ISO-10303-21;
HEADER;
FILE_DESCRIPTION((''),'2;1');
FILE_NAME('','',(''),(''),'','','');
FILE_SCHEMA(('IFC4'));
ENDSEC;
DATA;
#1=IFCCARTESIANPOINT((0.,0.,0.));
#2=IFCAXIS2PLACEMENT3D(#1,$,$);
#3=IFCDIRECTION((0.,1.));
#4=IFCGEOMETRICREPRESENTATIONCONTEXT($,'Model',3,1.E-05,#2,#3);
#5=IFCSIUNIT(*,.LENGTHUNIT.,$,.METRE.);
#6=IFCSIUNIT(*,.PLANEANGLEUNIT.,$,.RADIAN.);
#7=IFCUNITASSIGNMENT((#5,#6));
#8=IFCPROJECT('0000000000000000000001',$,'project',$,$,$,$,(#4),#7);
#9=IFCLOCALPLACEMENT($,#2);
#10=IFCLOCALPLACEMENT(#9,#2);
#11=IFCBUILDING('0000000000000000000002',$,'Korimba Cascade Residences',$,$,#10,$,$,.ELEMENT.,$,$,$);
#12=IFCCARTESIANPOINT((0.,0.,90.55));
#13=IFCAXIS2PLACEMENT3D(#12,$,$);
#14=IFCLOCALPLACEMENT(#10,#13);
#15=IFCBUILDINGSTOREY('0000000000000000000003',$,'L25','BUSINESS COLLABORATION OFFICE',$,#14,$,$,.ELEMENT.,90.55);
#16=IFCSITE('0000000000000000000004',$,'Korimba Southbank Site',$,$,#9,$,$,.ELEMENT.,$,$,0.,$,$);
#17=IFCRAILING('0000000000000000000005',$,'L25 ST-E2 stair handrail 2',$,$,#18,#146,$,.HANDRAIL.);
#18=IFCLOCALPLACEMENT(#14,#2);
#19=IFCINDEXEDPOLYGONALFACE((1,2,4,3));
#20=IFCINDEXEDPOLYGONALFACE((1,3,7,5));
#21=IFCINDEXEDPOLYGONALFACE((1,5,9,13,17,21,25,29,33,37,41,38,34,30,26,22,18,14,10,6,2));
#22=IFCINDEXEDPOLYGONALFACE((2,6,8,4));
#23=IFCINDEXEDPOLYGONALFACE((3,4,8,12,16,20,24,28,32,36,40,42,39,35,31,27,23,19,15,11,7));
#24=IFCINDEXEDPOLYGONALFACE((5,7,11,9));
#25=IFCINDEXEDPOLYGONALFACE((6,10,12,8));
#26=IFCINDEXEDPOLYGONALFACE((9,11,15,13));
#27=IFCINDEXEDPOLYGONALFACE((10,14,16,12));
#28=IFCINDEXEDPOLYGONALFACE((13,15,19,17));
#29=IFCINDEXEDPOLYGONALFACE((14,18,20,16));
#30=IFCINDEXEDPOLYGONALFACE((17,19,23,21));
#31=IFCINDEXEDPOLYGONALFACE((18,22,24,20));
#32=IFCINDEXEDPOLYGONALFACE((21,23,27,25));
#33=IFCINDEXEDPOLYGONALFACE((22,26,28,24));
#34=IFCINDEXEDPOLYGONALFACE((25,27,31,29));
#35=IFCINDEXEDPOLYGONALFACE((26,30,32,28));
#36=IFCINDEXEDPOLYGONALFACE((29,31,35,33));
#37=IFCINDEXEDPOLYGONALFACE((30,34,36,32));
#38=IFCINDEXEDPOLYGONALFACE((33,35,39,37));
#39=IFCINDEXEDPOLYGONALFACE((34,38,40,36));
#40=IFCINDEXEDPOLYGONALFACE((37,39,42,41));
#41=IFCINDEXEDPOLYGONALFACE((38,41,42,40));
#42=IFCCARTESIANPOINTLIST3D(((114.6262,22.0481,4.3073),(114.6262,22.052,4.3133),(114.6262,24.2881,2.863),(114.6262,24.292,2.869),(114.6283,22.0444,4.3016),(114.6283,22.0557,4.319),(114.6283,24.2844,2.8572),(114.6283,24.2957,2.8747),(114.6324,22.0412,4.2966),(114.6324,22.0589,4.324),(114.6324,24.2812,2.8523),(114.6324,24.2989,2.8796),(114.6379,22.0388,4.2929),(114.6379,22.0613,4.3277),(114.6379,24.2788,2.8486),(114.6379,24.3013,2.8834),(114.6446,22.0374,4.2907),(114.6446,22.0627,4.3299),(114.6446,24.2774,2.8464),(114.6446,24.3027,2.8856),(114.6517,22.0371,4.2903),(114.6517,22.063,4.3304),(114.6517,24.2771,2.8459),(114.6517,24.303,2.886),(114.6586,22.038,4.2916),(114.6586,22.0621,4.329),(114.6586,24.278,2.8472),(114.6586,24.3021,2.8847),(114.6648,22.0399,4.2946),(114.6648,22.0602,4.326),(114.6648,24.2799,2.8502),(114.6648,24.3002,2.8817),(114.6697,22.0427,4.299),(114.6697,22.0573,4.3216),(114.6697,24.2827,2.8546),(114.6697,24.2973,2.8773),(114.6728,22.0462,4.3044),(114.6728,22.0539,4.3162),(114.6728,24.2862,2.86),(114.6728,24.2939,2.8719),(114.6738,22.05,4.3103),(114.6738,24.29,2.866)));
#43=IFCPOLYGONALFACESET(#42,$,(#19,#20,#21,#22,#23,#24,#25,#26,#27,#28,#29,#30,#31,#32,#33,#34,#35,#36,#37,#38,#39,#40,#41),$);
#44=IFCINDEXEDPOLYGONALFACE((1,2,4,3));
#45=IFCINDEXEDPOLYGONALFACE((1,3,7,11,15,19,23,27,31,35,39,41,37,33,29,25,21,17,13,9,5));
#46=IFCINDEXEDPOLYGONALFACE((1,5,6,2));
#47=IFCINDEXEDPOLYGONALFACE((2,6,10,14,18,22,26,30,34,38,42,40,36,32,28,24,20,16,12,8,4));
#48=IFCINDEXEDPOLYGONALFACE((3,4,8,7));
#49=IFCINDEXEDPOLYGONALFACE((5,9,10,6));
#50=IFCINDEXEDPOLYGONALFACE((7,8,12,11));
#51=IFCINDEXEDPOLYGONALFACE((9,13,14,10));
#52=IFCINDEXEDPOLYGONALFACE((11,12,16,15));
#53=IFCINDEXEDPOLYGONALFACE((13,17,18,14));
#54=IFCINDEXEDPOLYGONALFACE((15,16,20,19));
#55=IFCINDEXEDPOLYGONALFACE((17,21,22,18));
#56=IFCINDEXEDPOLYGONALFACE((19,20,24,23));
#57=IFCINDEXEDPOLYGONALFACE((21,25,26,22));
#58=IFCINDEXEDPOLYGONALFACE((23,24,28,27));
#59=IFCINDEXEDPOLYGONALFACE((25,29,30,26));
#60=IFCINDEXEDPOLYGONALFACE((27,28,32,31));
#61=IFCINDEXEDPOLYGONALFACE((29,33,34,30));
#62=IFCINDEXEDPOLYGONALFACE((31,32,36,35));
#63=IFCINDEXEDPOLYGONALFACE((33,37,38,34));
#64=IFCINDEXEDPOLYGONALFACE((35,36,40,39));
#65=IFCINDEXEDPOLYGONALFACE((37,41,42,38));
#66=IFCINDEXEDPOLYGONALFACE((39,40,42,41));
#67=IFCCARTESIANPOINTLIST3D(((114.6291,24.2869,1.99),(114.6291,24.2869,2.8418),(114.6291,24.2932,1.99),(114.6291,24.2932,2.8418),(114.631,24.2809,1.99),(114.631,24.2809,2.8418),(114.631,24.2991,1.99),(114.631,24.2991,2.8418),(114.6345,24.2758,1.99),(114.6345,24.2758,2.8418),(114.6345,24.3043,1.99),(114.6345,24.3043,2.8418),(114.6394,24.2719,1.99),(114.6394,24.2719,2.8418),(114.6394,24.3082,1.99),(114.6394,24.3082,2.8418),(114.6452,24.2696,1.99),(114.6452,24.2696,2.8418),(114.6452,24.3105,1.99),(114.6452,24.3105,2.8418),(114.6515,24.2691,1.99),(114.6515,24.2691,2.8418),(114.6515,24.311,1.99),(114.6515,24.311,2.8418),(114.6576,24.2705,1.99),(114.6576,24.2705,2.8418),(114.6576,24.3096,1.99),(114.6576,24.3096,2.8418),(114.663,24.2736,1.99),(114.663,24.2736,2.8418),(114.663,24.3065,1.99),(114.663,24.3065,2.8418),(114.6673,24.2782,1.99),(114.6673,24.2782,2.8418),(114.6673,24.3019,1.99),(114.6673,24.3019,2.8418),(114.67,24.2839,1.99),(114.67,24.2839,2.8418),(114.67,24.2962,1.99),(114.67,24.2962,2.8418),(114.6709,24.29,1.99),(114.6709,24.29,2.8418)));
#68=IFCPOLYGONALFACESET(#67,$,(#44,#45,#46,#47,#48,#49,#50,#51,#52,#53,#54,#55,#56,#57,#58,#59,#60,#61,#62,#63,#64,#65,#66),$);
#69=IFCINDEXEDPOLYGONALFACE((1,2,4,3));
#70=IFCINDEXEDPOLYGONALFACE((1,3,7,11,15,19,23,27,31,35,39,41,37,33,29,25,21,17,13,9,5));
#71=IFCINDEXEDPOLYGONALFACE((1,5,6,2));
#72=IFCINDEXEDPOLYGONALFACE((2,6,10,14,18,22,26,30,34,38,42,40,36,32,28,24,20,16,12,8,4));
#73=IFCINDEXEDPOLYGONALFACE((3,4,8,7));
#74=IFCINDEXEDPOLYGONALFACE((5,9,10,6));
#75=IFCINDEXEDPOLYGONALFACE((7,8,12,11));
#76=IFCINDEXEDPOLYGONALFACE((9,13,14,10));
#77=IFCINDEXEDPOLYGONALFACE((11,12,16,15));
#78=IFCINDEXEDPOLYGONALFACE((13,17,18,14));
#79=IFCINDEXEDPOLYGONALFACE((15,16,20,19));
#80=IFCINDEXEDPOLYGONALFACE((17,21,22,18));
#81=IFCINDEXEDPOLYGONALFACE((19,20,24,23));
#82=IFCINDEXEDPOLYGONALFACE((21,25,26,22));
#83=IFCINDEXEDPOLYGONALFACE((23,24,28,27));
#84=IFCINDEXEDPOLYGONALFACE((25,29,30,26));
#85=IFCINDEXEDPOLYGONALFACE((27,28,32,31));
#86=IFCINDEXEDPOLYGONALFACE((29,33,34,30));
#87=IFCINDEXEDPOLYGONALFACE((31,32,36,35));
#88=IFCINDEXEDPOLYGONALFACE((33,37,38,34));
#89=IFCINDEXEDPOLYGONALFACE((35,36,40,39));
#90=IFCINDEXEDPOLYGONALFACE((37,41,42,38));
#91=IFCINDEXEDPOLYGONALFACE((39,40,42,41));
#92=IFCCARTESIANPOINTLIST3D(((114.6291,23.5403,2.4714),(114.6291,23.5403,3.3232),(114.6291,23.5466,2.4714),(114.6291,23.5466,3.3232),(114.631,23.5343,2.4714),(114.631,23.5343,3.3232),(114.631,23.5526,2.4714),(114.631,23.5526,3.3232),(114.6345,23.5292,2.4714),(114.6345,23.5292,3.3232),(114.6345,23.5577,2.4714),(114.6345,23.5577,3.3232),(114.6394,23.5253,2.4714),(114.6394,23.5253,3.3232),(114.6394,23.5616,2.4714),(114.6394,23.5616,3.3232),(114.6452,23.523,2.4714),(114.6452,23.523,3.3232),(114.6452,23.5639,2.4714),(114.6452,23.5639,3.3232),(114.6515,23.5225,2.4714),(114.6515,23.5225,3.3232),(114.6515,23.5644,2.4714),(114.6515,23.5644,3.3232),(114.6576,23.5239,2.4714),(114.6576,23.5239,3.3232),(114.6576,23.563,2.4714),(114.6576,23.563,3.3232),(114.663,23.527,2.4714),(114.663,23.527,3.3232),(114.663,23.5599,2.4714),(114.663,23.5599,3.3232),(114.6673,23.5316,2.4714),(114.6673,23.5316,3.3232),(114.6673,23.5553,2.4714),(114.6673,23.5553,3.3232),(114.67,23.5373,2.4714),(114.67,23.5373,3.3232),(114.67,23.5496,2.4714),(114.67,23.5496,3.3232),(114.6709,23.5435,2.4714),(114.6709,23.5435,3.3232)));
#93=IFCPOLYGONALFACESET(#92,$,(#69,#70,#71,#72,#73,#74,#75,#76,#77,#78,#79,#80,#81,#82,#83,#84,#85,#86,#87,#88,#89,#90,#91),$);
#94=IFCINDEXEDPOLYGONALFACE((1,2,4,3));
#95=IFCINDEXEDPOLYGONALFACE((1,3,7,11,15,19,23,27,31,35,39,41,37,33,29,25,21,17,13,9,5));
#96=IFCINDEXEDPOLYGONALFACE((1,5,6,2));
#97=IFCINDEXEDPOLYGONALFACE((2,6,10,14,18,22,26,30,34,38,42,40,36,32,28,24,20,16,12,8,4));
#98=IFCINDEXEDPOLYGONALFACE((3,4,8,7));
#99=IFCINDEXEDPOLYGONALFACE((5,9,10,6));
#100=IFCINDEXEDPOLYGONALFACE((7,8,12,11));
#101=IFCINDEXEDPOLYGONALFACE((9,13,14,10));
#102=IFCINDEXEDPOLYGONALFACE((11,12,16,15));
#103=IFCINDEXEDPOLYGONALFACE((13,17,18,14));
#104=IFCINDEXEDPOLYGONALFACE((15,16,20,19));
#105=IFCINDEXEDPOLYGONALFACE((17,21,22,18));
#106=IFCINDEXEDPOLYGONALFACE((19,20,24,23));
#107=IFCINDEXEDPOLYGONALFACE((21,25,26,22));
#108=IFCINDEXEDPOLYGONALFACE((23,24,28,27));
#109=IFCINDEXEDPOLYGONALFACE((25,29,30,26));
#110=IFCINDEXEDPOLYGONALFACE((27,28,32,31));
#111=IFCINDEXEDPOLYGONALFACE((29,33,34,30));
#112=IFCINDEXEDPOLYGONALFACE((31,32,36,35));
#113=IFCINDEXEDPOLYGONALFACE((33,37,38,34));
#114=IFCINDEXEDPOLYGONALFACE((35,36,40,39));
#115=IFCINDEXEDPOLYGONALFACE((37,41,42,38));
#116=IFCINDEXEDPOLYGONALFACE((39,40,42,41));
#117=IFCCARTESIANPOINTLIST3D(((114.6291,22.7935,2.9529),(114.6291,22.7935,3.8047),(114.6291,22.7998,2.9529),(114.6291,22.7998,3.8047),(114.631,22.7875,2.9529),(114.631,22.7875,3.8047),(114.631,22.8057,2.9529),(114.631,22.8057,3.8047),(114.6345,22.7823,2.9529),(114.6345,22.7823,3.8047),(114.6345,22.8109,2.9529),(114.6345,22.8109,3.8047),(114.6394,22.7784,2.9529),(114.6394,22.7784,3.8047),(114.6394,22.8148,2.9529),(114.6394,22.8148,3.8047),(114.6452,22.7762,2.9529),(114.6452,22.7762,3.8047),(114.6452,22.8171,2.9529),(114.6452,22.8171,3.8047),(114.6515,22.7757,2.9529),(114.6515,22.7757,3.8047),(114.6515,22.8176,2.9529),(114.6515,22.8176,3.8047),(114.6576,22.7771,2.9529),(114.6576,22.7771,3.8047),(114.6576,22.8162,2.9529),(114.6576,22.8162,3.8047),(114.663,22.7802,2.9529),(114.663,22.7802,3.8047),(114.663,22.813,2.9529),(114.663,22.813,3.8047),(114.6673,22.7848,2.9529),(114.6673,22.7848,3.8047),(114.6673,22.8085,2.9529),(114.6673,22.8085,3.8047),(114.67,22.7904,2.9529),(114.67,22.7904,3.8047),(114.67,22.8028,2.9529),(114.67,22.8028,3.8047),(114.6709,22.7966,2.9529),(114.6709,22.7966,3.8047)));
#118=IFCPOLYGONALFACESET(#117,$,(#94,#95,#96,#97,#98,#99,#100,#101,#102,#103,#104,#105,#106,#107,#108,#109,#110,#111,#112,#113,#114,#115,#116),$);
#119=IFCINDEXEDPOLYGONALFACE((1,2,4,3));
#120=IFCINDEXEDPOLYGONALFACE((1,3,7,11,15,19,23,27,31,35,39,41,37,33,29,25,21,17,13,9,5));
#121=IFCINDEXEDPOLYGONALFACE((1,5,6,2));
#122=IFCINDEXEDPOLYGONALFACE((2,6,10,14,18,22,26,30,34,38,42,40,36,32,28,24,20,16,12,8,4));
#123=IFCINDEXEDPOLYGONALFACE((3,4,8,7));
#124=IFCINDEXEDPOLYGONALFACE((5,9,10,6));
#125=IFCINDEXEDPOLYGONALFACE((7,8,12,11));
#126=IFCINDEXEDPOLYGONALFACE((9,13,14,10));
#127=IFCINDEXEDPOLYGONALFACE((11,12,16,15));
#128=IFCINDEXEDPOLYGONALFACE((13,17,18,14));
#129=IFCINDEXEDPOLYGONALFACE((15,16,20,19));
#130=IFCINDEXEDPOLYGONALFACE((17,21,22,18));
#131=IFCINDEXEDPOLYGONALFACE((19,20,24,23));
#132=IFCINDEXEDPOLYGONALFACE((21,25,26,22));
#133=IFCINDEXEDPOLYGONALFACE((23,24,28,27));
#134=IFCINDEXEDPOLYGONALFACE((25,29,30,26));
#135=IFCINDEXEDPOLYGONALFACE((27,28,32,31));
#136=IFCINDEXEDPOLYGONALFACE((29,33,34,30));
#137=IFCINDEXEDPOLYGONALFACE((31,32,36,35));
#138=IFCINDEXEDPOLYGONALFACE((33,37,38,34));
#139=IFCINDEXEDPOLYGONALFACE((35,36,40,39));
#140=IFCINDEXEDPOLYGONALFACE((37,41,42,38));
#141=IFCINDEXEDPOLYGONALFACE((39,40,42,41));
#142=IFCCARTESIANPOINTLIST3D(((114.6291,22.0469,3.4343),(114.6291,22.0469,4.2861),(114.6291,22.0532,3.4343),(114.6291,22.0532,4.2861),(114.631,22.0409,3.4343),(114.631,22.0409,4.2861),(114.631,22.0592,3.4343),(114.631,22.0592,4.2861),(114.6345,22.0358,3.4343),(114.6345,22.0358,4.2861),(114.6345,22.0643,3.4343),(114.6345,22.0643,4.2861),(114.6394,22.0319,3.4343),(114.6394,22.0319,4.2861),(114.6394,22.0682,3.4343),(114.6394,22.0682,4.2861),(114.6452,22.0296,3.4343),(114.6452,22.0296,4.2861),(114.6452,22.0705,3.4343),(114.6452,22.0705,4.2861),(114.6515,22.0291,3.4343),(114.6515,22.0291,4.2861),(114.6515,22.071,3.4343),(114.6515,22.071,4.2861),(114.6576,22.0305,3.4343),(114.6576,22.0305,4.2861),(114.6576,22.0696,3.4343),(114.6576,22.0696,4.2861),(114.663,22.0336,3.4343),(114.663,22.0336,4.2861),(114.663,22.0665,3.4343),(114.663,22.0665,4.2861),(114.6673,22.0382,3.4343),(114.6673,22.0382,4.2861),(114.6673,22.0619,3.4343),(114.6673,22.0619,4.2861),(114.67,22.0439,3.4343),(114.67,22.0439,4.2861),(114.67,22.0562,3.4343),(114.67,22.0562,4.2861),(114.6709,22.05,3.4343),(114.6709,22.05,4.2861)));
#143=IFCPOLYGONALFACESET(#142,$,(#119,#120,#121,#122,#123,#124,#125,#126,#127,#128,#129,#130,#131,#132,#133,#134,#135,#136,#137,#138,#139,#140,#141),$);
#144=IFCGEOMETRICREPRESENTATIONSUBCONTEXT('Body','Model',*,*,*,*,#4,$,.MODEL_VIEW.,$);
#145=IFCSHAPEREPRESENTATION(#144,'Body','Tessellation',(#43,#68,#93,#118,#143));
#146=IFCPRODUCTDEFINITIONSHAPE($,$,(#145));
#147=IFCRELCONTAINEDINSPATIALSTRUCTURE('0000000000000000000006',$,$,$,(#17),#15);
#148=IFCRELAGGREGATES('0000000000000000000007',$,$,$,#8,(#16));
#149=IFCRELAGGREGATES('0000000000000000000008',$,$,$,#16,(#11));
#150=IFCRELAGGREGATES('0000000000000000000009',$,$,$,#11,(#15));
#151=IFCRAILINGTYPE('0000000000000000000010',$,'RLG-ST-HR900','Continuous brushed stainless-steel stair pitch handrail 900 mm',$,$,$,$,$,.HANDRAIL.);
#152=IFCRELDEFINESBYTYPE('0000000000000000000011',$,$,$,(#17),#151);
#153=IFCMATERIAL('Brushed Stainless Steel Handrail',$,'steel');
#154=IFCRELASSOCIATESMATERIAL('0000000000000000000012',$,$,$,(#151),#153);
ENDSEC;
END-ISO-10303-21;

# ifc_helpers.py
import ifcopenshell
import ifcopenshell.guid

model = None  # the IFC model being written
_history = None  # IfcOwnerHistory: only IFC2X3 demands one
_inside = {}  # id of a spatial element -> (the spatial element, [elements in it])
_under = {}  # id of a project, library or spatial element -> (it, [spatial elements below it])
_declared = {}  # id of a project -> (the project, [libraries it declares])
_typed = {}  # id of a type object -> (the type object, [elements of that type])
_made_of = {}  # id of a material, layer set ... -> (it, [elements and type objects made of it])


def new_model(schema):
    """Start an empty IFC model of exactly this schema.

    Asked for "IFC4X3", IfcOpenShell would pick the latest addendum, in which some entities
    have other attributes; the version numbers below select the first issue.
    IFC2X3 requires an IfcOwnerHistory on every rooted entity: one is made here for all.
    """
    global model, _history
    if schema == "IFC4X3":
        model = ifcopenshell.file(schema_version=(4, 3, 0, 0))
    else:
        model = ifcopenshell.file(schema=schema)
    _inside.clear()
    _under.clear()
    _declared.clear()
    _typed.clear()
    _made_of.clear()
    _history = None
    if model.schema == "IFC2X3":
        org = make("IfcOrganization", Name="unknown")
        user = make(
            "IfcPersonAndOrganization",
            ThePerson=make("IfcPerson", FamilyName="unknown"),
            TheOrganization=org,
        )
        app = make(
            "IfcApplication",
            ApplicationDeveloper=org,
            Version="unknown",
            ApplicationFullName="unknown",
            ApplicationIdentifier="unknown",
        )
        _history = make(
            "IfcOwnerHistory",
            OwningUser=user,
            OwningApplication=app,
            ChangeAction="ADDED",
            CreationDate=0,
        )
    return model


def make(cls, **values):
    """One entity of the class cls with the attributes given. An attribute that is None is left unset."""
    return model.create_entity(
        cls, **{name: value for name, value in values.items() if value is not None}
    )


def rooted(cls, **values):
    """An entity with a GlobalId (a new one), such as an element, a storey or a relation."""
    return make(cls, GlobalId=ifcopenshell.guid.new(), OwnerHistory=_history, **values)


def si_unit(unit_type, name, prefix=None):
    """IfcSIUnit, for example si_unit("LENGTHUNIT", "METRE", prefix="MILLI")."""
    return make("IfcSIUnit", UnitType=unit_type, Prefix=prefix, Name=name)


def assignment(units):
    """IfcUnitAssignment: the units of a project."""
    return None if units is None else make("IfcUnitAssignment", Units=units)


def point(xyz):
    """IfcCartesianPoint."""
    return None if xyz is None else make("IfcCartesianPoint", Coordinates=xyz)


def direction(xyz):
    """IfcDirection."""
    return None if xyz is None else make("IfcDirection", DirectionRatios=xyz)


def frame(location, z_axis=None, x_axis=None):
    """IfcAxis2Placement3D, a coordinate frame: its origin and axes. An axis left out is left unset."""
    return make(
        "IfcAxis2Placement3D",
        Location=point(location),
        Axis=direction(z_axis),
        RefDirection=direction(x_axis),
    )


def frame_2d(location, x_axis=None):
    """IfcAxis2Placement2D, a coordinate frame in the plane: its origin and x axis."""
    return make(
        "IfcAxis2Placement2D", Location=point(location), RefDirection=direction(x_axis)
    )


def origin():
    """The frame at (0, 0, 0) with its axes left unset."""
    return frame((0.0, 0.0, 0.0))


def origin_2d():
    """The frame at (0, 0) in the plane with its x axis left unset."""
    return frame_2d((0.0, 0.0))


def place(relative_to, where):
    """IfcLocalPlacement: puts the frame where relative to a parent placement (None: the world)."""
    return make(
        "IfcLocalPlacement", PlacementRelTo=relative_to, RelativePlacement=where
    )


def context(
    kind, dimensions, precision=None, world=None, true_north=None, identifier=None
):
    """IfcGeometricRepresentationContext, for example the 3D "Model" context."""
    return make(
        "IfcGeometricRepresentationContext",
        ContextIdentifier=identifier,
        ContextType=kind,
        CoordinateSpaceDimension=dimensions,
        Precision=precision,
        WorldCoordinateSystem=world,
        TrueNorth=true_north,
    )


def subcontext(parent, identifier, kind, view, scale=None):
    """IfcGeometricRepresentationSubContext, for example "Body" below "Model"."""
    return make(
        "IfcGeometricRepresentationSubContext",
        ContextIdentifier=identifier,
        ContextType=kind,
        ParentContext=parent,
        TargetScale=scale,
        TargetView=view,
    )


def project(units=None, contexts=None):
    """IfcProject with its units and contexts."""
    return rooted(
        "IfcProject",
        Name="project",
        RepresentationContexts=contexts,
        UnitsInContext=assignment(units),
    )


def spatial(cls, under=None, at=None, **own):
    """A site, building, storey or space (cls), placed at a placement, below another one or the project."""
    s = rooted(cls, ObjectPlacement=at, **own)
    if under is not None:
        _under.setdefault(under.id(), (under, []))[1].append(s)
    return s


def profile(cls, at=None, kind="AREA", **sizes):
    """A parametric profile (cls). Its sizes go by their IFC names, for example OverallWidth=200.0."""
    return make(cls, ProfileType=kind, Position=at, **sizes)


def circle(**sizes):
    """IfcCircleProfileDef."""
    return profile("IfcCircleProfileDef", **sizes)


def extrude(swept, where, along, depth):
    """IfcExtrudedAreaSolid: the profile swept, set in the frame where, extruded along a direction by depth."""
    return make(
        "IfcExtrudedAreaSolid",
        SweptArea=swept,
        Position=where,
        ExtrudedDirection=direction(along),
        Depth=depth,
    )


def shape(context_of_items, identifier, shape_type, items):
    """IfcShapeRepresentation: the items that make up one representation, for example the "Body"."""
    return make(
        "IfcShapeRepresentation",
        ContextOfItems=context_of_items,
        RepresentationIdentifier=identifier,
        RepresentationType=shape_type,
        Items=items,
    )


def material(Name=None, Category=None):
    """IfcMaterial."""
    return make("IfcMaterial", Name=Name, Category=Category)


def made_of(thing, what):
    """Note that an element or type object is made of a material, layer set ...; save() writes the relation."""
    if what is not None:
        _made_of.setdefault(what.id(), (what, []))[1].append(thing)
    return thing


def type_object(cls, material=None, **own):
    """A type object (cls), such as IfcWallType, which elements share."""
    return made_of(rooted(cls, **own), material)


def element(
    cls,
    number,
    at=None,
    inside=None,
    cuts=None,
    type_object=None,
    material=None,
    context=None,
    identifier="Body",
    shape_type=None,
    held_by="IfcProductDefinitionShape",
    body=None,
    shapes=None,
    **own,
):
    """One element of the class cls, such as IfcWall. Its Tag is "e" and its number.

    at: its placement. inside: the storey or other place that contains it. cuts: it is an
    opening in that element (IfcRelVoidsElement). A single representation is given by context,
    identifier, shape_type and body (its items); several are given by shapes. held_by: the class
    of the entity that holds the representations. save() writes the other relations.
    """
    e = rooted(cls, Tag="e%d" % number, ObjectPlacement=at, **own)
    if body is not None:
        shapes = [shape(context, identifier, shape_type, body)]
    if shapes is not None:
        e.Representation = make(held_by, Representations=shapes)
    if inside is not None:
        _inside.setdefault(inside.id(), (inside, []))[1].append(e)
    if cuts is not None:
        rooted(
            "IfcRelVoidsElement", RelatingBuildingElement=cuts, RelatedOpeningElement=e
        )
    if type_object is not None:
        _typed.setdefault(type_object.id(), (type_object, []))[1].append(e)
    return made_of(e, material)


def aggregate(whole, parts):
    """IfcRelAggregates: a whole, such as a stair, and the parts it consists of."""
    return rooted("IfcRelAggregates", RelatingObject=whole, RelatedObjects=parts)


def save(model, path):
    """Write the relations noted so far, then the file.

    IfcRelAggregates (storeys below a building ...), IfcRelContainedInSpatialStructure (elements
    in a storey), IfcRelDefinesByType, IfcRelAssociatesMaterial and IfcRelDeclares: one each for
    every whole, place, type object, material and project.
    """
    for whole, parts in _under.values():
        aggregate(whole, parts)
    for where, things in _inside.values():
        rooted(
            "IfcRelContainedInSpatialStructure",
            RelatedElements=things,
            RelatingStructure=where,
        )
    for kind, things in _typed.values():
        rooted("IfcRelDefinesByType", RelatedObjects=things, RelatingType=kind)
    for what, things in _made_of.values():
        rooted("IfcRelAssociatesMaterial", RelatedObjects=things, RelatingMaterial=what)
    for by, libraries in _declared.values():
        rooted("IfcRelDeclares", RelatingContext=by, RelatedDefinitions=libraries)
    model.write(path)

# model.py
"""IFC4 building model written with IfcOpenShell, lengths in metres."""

from ifc_helpers import new_model, si_unit, direction, frame, origin, origin_2d, place, context, subcontext, project, spatial, circle, extrude, material, type_object, element, save


model = new_model("IFC4")

# Units and contexts
model_context = context("Model", 3, precision=1e-05, world=origin(), true_north=direction((0.0, 1.0)))
body_context = subcontext(model_context, "Body", "Model", "MODEL_VIEW")
ifc_project = project(units=[si_unit("LENGTHUNIT", "METRE"), si_unit("PLANEANGLEUNIT", "RADIAN")], contexts=[model_context])

# Site, building, storey
site_placement = place(None, origin())
site = spatial("IfcSite", under=ifc_project, at=site_placement, Name="Korimba Southbank Site", CompositionType="ELEMENT", RefElevation=0.0)
building_placement = place(site_placement, origin())
building = spatial("IfcBuilding", under=site, at=building_placement, Name="Korimba Cascade Residences", CompositionType="ELEMENT")
storey_placement = place(building_placement, frame((0.0, 0.0, 90.55)))
storey = spatial("IfcBuildingStorey", under=building, at=storey_placement, Name="L25", Description="BUSINESS COLLABORATION OFFICE", CompositionType="ELEMENT", Elevation=90.55)

# Railing
ifc_material_1 = material(Name="Brushed Stainless Steel Handrail", Category="steel")
railing_type_1 = type_object("IfcRailingType", Name="RLG-ST-HR900", Description="Continuous brushed stainless-steel stair pitch handrail 900 mm", PredefinedType="HANDRAIL", material=ifc_material_1)
railing_1_placement = place(storey_placement, frame((114.6499, 24.29, 1.99)))
element("IfcRailing", 1, at=railing_1_placement, inside=storey, type_object=railing_type_1, Name="L25 ST-E2 stair handrail 2", PredefinedType="HANDRAIL", context=body_context, shape_type="SweptSolid", body=[
    extrude(circle(Radius=0.0239, at=origin_2d()), frame((0.0, 0.0, 0.876), z_axis=(0.0, -0.840437, 0.54191), x_axis=(1.0, 0.0, 0.0)), (0.0, 0.0, 1.0), 2.6653),
    extrude(circle(Radius=0.021, at=origin_2d()), origin(), (0.0, 0.0, 1.0), 0.8518),
    extrude(circle(Radius=0.021, at=origin_2d()), frame((0.0, -0.7466, 0.4814)), (0.0, 0.0, 1.0), 0.8518),
    extrude(circle(Radius=0.021, at=origin_2d()), frame((0.0, -1.4934, 0.9629)), (0.0, 0.0, 1.0), 0.8518),
    extrude(circle(Radius=0.021, at=origin_2d()), frame((0.0, -2.24, 1.4443)), (0.0, 0.0, 1.0), 0.8518),
])

save(model, "model.ifc")
